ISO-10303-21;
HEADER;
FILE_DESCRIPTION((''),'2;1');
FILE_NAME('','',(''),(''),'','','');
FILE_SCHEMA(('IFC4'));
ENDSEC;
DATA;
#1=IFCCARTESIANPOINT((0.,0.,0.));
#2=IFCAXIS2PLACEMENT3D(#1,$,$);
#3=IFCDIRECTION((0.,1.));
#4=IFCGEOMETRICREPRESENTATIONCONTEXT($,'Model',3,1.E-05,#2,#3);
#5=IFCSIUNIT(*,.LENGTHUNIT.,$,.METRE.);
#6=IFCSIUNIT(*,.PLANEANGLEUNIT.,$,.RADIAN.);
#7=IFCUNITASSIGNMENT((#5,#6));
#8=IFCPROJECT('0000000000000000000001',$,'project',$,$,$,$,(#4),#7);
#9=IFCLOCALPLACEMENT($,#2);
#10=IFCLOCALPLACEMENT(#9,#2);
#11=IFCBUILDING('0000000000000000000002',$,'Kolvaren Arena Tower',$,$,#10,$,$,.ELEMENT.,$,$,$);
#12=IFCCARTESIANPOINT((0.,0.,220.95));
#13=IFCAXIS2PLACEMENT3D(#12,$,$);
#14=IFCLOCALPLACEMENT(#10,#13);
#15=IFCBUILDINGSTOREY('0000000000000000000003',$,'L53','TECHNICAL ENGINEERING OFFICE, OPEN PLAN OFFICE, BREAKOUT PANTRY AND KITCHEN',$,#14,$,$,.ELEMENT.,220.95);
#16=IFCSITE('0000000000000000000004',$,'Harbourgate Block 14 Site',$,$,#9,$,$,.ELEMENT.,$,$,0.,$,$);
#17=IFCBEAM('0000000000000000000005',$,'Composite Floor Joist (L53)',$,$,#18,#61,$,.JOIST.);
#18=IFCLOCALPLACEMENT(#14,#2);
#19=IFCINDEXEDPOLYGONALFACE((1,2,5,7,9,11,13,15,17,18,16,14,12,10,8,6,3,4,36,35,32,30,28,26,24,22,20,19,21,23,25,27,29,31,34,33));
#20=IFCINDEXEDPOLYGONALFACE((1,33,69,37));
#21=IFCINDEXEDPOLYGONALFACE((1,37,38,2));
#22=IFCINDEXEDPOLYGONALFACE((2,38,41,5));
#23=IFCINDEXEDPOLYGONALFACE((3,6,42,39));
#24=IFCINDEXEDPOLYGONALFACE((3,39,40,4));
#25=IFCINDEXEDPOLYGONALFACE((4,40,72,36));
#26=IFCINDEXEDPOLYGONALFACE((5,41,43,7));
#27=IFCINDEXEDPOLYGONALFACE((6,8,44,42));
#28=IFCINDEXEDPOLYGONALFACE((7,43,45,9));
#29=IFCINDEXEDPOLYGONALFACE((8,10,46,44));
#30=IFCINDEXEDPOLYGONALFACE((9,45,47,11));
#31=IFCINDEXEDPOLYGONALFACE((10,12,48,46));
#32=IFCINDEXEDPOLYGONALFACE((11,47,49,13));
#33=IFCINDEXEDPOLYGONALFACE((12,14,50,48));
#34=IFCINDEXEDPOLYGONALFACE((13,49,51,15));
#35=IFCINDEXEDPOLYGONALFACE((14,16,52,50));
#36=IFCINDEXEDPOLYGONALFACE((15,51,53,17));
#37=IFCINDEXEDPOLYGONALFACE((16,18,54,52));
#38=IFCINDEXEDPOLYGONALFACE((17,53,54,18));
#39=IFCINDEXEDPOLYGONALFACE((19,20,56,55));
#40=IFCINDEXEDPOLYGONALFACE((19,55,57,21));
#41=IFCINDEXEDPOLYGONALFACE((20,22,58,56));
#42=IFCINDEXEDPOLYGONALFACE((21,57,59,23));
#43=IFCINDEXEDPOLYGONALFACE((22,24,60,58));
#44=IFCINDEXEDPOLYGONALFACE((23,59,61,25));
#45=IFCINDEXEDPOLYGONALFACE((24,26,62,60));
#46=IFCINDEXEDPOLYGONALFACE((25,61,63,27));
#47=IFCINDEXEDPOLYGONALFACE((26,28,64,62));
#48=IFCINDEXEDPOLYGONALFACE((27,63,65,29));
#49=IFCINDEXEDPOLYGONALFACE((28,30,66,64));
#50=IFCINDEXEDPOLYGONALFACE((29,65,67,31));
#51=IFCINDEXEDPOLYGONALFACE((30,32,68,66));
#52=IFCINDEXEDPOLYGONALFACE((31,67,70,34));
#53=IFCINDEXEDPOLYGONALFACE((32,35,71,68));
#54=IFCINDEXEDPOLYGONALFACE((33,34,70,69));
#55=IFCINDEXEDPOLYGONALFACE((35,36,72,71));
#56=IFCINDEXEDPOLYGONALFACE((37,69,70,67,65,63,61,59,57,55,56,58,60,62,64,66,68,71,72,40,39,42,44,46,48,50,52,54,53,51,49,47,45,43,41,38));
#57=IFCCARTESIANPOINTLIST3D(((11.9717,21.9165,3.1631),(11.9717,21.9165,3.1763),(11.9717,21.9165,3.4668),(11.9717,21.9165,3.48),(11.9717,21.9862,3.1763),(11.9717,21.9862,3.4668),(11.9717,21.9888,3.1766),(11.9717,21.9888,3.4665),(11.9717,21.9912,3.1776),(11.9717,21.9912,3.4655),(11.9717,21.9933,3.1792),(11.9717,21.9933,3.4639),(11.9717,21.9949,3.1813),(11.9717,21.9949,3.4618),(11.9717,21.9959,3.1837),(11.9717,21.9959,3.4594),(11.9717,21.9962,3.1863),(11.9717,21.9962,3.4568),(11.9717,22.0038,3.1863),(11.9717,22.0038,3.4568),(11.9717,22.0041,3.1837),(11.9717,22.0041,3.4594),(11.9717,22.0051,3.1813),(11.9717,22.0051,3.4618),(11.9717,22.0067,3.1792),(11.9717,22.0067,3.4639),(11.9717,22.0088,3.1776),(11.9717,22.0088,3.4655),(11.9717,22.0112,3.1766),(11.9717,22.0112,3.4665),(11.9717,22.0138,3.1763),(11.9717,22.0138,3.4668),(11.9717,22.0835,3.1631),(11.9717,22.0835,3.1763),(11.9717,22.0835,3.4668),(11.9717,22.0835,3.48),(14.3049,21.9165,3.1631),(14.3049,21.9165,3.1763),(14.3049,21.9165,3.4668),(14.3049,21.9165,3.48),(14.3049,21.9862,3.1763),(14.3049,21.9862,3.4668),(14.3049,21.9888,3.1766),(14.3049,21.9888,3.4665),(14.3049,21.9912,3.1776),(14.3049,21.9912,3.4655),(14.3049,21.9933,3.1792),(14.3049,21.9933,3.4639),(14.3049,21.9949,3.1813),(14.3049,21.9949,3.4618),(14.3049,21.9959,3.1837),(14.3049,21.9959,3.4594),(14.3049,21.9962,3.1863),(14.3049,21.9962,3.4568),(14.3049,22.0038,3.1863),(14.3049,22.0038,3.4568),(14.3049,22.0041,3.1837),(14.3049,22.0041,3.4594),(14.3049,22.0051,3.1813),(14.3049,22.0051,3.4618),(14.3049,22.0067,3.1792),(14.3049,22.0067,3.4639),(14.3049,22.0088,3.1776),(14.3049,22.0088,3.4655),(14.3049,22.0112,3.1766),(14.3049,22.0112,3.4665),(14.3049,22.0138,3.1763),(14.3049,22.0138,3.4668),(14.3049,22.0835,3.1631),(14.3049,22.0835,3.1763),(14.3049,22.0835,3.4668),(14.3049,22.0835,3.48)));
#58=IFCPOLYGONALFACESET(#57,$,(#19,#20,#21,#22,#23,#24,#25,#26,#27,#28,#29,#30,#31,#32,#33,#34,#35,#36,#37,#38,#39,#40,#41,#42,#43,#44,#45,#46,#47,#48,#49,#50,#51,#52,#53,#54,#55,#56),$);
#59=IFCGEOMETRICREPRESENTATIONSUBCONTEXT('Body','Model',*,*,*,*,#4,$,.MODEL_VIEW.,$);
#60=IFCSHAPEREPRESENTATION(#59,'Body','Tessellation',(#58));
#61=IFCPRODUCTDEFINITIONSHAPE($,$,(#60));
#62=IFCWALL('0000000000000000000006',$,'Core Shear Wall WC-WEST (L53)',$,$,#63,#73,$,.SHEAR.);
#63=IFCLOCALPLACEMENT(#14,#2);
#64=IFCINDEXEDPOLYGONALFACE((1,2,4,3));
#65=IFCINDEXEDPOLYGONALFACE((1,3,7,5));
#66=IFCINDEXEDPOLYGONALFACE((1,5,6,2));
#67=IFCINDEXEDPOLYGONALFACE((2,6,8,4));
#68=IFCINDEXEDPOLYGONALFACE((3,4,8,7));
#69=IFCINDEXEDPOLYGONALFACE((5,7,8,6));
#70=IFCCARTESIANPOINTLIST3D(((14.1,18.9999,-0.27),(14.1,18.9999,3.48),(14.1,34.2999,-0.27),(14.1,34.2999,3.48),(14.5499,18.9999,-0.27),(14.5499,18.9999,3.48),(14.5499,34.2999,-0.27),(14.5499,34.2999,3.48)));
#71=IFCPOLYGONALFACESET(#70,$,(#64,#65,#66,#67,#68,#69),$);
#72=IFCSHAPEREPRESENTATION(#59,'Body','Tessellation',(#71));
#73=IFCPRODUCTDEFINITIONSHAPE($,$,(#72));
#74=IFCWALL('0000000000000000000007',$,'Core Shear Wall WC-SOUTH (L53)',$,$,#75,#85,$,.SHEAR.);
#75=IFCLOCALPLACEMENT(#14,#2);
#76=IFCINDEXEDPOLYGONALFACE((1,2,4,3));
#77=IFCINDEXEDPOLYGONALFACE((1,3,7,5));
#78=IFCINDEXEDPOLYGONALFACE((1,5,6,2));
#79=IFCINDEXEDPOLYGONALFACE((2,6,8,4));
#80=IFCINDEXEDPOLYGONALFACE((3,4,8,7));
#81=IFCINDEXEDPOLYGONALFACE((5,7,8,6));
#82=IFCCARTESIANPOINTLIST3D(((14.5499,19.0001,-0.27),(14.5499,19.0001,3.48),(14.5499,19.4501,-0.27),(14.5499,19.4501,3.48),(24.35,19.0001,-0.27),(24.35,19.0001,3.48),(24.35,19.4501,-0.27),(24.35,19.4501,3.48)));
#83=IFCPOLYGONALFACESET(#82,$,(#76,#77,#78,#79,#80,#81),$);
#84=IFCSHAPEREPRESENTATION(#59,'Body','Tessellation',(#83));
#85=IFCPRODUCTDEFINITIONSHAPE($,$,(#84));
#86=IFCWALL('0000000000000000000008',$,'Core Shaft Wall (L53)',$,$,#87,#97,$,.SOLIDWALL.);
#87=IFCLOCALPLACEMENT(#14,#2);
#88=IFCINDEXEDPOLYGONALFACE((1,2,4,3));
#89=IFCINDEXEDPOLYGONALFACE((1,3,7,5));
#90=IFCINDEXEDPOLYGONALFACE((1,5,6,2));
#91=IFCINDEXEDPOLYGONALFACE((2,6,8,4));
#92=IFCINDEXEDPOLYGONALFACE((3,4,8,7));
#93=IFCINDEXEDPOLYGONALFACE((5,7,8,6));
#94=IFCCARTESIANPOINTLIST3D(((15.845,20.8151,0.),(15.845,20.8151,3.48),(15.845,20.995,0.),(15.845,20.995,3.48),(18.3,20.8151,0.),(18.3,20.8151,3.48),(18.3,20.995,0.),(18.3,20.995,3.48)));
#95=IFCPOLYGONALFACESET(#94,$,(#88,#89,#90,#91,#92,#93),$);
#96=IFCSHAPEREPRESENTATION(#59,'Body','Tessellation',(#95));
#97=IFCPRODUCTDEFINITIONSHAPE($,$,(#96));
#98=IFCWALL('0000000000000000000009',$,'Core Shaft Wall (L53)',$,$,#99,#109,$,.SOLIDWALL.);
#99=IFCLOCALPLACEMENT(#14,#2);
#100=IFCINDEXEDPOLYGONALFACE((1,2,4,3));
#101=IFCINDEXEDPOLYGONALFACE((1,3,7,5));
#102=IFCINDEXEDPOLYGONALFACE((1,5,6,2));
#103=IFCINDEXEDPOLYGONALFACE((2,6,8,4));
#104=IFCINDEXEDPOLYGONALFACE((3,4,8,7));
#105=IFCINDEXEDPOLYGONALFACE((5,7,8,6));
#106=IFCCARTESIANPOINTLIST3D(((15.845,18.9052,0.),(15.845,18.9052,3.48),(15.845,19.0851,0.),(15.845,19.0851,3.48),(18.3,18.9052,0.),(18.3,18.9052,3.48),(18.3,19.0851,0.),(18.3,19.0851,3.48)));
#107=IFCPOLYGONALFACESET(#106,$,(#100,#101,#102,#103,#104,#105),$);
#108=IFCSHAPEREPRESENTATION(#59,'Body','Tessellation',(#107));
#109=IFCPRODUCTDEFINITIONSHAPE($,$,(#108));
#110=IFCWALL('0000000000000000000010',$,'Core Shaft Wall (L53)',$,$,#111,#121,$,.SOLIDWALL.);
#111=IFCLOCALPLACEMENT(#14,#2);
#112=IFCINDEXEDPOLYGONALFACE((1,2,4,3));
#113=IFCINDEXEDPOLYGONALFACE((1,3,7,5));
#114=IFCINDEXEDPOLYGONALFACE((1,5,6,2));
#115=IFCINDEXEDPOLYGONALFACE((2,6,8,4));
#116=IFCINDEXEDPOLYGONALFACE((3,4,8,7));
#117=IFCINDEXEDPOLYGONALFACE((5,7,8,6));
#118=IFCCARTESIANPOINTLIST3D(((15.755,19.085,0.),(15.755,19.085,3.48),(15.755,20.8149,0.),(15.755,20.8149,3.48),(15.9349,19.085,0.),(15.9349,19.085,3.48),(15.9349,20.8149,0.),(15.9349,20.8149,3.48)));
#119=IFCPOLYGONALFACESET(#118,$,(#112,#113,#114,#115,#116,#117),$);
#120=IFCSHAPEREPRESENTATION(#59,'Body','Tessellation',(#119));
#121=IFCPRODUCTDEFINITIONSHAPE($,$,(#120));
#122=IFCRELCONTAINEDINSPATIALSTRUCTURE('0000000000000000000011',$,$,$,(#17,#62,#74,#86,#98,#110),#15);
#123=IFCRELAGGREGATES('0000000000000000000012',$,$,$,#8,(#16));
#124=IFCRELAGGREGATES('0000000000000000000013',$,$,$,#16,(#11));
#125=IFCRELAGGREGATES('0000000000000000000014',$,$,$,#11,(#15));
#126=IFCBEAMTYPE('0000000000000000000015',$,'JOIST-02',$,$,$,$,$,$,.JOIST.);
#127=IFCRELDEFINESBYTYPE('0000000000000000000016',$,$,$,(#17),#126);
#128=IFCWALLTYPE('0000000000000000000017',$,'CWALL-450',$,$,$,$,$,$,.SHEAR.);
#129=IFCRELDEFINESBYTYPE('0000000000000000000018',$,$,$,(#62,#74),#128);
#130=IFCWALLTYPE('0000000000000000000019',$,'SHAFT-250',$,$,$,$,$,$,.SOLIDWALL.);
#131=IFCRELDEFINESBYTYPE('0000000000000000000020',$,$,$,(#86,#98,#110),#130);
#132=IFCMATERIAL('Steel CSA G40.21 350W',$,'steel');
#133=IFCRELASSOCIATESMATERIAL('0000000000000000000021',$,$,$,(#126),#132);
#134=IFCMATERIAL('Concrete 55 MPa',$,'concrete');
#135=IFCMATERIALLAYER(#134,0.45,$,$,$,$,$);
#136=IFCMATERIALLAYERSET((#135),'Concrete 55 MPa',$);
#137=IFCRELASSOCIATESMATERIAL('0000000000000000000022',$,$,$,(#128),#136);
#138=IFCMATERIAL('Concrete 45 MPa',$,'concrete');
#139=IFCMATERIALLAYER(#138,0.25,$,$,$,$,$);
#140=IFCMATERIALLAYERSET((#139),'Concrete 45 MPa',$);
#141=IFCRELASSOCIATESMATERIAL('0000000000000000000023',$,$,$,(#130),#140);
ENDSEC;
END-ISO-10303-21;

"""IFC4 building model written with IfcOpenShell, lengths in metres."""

from ifc_helpers import new_model, si_unit, direction, frame, frame_2d, origin, origin_2d, place, context, subcontext, project, spatial, rectangle, i_section, extrude, material, layer, layer_set, material_profile, profile_set, type_object, element, save


model = new_model("IFC4")

# Units and contexts
model_context = context("Model", 3, precision=1e-05, world=origin(), true_north=direction((0.0, 1.0)))
body_context = subcontext(model_context, "Body", "Model", "MODEL_VIEW")
ifc_project = project(units=[si_unit("LENGTHUNIT", "METRE"), si_unit("PLANEANGLEUNIT", "RADIAN")], contexts=[model_context])

# Site, building, storey
site_placement = place(None, origin())
site = spatial("IfcSite", under=ifc_project, at=site_placement, Name="Harbourgate Block 14 Site", CompositionType="ELEMENT", RefElevation=0.0)
building_placement = place(site_placement, origin())
building = spatial("IfcBuilding", under=site, at=building_placement, Name="Kolvaren Arena Tower", CompositionType="ELEMENT")
storey_placement = place(building_placement, frame((0.0, 0.0, 220.95)))
storey = spatial("IfcBuildingStorey", under=building, at=storey_placement, Name="L53", Description="TECHNICAL ENGINEERING OFFICE, OPEN PLAN OFFICE, BREAKOUT PANTRY AND KITCHEN", CompositionType="ELEMENT", Elevation=220.95)

# Beam
ifc_material_1 = material(Name="Steel CSA G40.21 350W", Category="steel")
ifc_material_profile_1 = material_profile(ifc_material_1, i_section(OverallWidth=0.167, OverallDepth=0.3169, WebThickness=0.0076, FlangeThickness=0.0132, FilletRadius=0.01, at=origin_2d()), Name="W310x52")
ifc_profile_set_1 = profile_set([ifc_material_profile_1], Name="Steel CSA G40.21 350W")
beam_type_1 = type_object("IfcBeamType", Name="JOIST-02", PredefinedType="JOIST", material=ifc_profile_set_1)
beam_1_placement = place(storey_placement, frame((11.9717, 22.0, 3.3215), z_axis=(1.0, 0.0, 0.0), x_axis=(0.0, 1.0, 0.0)))
element("IfcBeam", 1, at=beam_1_placement, inside=storey, type_object=beam_type_1, Name="Composite Floor Joist (L53)", PredefinedType="JOIST", context=body_context, shape_type="SweptSolid", body=[
    extrude(i_section(OverallWidth=0.167, OverallDepth=0.3169, WebThickness=0.0076, FlangeThickness=0.0132, FilletRadius=0.01, at=origin_2d()), origin(), (0.0, 0.0, 1.0), 2.3333),
])

# Walls
ifc_material_2 = material(Name="Concrete 55 MPa", Category="concrete")
ifc_layer_1 = layer(ifc_material_2, 0.45)
ifc_layer_set_1 = layer_set([ifc_layer_1], Name="Concrete 55 MPa")
wall_type_1 = type_object("IfcWallType", Name="CWALL-450", PredefinedType="SHEAR", material=ifc_layer_set_1)
wall_1_placement = place(storey_placement, frame((14.325, 19.0, -0.27), z_axis=(0.0, 0.0, 1.0), x_axis=(0.0, 1.0, 0.0)))
element("IfcWall", 2, at=wall_1_placement, inside=storey, type_object=wall_type_1, Name="Core Shear Wall WC-WEST (L53)", PredefinedType="SHEAR", context=body_context, shape_type="SweptSolid", body=[
    extrude(rectangle(XDim=15.3, YDim=0.45, at=frame_2d((7.6499, 0.0))), origin(), (0.0, 0.0, 1.0), 3.75),
])
wall_2_placement = place(storey_placement, frame((14.55, 19.2251, -0.27), z_axis=(0.0, 0.0, 1.0), x_axis=(1.0, 0.0, 0.0)))
element("IfcWall", 3, at=wall_2_placement, inside=storey, type_object=wall_type_1, Name="Core Shear Wall WC-SOUTH (L53)", PredefinedType="SHEAR", context=body_context, shape_type="SweptSolid", body=[
    extrude(rectangle(XDim=9.8, YDim=0.45, at=frame_2d((4.8999, 0.0))), origin(), (0.0, 0.0, 1.0), 3.75),
])
ifc_material_3 = material(Name="Concrete 45 MPa", Category="concrete")
ifc_layer_2 = layer(ifc_material_3, 0.25)
ifc_layer_set_2 = layer_set([ifc_layer_2], Name="Concrete 45 MPa")
wall_type_2 = type_object("IfcWallType", Name="SHAFT-250", PredefinedType="SOLIDWALL", material=ifc_layer_set_2)
for number, where, z_axis, x_axis, name in (
    (4, (15.845, 20.905, 0.0), (0.0, 0.0, 1.0), (1.0, 0.0, 0.0), "Core Shaft Wall (L53)"),
    (5, (15.845, 18.9951, 0.0), (0.0, 0.0, 1.0), (1.0, 0.0, 0.0), "Core Shaft Wall (L53)"),
):
    element("IfcWall", number, at=place(storey_placement, frame(where, z_axis=z_axis, x_axis=x_axis)), inside=storey, type_object=wall_type_2, Name=name, PredefinedType="SOLIDWALL", context=body_context, shape_type="SweptSolid", body=[
        extrude(rectangle(XDim=2.4551, YDim=0.1799, at=frame_2d((1.2275, 0.0))), origin(), (0.0, 0.0, 1.0), 3.48),
    ])
wall_3_placement = place(storey_placement, frame((15.845, 19.085, 0.0), z_axis=(0.0, 0.0, 1.0), x_axis=(0.0, 1.0, 0.0)))
element("IfcWall", 6, at=wall_3_placement, inside=storey, type_object=wall_type_2, Name="Core Shaft Wall (L53)", PredefinedType="SOLIDWALL", context=body_context, shape_type="SweptSolid", body=[
    extrude(rectangle(XDim=1.73, YDim=0.1799, at=frame_2d((0.865, 0.0))), origin(), (0.0, 0.0, 1.0), 3.48),
])

save(model, "model.ifc")
